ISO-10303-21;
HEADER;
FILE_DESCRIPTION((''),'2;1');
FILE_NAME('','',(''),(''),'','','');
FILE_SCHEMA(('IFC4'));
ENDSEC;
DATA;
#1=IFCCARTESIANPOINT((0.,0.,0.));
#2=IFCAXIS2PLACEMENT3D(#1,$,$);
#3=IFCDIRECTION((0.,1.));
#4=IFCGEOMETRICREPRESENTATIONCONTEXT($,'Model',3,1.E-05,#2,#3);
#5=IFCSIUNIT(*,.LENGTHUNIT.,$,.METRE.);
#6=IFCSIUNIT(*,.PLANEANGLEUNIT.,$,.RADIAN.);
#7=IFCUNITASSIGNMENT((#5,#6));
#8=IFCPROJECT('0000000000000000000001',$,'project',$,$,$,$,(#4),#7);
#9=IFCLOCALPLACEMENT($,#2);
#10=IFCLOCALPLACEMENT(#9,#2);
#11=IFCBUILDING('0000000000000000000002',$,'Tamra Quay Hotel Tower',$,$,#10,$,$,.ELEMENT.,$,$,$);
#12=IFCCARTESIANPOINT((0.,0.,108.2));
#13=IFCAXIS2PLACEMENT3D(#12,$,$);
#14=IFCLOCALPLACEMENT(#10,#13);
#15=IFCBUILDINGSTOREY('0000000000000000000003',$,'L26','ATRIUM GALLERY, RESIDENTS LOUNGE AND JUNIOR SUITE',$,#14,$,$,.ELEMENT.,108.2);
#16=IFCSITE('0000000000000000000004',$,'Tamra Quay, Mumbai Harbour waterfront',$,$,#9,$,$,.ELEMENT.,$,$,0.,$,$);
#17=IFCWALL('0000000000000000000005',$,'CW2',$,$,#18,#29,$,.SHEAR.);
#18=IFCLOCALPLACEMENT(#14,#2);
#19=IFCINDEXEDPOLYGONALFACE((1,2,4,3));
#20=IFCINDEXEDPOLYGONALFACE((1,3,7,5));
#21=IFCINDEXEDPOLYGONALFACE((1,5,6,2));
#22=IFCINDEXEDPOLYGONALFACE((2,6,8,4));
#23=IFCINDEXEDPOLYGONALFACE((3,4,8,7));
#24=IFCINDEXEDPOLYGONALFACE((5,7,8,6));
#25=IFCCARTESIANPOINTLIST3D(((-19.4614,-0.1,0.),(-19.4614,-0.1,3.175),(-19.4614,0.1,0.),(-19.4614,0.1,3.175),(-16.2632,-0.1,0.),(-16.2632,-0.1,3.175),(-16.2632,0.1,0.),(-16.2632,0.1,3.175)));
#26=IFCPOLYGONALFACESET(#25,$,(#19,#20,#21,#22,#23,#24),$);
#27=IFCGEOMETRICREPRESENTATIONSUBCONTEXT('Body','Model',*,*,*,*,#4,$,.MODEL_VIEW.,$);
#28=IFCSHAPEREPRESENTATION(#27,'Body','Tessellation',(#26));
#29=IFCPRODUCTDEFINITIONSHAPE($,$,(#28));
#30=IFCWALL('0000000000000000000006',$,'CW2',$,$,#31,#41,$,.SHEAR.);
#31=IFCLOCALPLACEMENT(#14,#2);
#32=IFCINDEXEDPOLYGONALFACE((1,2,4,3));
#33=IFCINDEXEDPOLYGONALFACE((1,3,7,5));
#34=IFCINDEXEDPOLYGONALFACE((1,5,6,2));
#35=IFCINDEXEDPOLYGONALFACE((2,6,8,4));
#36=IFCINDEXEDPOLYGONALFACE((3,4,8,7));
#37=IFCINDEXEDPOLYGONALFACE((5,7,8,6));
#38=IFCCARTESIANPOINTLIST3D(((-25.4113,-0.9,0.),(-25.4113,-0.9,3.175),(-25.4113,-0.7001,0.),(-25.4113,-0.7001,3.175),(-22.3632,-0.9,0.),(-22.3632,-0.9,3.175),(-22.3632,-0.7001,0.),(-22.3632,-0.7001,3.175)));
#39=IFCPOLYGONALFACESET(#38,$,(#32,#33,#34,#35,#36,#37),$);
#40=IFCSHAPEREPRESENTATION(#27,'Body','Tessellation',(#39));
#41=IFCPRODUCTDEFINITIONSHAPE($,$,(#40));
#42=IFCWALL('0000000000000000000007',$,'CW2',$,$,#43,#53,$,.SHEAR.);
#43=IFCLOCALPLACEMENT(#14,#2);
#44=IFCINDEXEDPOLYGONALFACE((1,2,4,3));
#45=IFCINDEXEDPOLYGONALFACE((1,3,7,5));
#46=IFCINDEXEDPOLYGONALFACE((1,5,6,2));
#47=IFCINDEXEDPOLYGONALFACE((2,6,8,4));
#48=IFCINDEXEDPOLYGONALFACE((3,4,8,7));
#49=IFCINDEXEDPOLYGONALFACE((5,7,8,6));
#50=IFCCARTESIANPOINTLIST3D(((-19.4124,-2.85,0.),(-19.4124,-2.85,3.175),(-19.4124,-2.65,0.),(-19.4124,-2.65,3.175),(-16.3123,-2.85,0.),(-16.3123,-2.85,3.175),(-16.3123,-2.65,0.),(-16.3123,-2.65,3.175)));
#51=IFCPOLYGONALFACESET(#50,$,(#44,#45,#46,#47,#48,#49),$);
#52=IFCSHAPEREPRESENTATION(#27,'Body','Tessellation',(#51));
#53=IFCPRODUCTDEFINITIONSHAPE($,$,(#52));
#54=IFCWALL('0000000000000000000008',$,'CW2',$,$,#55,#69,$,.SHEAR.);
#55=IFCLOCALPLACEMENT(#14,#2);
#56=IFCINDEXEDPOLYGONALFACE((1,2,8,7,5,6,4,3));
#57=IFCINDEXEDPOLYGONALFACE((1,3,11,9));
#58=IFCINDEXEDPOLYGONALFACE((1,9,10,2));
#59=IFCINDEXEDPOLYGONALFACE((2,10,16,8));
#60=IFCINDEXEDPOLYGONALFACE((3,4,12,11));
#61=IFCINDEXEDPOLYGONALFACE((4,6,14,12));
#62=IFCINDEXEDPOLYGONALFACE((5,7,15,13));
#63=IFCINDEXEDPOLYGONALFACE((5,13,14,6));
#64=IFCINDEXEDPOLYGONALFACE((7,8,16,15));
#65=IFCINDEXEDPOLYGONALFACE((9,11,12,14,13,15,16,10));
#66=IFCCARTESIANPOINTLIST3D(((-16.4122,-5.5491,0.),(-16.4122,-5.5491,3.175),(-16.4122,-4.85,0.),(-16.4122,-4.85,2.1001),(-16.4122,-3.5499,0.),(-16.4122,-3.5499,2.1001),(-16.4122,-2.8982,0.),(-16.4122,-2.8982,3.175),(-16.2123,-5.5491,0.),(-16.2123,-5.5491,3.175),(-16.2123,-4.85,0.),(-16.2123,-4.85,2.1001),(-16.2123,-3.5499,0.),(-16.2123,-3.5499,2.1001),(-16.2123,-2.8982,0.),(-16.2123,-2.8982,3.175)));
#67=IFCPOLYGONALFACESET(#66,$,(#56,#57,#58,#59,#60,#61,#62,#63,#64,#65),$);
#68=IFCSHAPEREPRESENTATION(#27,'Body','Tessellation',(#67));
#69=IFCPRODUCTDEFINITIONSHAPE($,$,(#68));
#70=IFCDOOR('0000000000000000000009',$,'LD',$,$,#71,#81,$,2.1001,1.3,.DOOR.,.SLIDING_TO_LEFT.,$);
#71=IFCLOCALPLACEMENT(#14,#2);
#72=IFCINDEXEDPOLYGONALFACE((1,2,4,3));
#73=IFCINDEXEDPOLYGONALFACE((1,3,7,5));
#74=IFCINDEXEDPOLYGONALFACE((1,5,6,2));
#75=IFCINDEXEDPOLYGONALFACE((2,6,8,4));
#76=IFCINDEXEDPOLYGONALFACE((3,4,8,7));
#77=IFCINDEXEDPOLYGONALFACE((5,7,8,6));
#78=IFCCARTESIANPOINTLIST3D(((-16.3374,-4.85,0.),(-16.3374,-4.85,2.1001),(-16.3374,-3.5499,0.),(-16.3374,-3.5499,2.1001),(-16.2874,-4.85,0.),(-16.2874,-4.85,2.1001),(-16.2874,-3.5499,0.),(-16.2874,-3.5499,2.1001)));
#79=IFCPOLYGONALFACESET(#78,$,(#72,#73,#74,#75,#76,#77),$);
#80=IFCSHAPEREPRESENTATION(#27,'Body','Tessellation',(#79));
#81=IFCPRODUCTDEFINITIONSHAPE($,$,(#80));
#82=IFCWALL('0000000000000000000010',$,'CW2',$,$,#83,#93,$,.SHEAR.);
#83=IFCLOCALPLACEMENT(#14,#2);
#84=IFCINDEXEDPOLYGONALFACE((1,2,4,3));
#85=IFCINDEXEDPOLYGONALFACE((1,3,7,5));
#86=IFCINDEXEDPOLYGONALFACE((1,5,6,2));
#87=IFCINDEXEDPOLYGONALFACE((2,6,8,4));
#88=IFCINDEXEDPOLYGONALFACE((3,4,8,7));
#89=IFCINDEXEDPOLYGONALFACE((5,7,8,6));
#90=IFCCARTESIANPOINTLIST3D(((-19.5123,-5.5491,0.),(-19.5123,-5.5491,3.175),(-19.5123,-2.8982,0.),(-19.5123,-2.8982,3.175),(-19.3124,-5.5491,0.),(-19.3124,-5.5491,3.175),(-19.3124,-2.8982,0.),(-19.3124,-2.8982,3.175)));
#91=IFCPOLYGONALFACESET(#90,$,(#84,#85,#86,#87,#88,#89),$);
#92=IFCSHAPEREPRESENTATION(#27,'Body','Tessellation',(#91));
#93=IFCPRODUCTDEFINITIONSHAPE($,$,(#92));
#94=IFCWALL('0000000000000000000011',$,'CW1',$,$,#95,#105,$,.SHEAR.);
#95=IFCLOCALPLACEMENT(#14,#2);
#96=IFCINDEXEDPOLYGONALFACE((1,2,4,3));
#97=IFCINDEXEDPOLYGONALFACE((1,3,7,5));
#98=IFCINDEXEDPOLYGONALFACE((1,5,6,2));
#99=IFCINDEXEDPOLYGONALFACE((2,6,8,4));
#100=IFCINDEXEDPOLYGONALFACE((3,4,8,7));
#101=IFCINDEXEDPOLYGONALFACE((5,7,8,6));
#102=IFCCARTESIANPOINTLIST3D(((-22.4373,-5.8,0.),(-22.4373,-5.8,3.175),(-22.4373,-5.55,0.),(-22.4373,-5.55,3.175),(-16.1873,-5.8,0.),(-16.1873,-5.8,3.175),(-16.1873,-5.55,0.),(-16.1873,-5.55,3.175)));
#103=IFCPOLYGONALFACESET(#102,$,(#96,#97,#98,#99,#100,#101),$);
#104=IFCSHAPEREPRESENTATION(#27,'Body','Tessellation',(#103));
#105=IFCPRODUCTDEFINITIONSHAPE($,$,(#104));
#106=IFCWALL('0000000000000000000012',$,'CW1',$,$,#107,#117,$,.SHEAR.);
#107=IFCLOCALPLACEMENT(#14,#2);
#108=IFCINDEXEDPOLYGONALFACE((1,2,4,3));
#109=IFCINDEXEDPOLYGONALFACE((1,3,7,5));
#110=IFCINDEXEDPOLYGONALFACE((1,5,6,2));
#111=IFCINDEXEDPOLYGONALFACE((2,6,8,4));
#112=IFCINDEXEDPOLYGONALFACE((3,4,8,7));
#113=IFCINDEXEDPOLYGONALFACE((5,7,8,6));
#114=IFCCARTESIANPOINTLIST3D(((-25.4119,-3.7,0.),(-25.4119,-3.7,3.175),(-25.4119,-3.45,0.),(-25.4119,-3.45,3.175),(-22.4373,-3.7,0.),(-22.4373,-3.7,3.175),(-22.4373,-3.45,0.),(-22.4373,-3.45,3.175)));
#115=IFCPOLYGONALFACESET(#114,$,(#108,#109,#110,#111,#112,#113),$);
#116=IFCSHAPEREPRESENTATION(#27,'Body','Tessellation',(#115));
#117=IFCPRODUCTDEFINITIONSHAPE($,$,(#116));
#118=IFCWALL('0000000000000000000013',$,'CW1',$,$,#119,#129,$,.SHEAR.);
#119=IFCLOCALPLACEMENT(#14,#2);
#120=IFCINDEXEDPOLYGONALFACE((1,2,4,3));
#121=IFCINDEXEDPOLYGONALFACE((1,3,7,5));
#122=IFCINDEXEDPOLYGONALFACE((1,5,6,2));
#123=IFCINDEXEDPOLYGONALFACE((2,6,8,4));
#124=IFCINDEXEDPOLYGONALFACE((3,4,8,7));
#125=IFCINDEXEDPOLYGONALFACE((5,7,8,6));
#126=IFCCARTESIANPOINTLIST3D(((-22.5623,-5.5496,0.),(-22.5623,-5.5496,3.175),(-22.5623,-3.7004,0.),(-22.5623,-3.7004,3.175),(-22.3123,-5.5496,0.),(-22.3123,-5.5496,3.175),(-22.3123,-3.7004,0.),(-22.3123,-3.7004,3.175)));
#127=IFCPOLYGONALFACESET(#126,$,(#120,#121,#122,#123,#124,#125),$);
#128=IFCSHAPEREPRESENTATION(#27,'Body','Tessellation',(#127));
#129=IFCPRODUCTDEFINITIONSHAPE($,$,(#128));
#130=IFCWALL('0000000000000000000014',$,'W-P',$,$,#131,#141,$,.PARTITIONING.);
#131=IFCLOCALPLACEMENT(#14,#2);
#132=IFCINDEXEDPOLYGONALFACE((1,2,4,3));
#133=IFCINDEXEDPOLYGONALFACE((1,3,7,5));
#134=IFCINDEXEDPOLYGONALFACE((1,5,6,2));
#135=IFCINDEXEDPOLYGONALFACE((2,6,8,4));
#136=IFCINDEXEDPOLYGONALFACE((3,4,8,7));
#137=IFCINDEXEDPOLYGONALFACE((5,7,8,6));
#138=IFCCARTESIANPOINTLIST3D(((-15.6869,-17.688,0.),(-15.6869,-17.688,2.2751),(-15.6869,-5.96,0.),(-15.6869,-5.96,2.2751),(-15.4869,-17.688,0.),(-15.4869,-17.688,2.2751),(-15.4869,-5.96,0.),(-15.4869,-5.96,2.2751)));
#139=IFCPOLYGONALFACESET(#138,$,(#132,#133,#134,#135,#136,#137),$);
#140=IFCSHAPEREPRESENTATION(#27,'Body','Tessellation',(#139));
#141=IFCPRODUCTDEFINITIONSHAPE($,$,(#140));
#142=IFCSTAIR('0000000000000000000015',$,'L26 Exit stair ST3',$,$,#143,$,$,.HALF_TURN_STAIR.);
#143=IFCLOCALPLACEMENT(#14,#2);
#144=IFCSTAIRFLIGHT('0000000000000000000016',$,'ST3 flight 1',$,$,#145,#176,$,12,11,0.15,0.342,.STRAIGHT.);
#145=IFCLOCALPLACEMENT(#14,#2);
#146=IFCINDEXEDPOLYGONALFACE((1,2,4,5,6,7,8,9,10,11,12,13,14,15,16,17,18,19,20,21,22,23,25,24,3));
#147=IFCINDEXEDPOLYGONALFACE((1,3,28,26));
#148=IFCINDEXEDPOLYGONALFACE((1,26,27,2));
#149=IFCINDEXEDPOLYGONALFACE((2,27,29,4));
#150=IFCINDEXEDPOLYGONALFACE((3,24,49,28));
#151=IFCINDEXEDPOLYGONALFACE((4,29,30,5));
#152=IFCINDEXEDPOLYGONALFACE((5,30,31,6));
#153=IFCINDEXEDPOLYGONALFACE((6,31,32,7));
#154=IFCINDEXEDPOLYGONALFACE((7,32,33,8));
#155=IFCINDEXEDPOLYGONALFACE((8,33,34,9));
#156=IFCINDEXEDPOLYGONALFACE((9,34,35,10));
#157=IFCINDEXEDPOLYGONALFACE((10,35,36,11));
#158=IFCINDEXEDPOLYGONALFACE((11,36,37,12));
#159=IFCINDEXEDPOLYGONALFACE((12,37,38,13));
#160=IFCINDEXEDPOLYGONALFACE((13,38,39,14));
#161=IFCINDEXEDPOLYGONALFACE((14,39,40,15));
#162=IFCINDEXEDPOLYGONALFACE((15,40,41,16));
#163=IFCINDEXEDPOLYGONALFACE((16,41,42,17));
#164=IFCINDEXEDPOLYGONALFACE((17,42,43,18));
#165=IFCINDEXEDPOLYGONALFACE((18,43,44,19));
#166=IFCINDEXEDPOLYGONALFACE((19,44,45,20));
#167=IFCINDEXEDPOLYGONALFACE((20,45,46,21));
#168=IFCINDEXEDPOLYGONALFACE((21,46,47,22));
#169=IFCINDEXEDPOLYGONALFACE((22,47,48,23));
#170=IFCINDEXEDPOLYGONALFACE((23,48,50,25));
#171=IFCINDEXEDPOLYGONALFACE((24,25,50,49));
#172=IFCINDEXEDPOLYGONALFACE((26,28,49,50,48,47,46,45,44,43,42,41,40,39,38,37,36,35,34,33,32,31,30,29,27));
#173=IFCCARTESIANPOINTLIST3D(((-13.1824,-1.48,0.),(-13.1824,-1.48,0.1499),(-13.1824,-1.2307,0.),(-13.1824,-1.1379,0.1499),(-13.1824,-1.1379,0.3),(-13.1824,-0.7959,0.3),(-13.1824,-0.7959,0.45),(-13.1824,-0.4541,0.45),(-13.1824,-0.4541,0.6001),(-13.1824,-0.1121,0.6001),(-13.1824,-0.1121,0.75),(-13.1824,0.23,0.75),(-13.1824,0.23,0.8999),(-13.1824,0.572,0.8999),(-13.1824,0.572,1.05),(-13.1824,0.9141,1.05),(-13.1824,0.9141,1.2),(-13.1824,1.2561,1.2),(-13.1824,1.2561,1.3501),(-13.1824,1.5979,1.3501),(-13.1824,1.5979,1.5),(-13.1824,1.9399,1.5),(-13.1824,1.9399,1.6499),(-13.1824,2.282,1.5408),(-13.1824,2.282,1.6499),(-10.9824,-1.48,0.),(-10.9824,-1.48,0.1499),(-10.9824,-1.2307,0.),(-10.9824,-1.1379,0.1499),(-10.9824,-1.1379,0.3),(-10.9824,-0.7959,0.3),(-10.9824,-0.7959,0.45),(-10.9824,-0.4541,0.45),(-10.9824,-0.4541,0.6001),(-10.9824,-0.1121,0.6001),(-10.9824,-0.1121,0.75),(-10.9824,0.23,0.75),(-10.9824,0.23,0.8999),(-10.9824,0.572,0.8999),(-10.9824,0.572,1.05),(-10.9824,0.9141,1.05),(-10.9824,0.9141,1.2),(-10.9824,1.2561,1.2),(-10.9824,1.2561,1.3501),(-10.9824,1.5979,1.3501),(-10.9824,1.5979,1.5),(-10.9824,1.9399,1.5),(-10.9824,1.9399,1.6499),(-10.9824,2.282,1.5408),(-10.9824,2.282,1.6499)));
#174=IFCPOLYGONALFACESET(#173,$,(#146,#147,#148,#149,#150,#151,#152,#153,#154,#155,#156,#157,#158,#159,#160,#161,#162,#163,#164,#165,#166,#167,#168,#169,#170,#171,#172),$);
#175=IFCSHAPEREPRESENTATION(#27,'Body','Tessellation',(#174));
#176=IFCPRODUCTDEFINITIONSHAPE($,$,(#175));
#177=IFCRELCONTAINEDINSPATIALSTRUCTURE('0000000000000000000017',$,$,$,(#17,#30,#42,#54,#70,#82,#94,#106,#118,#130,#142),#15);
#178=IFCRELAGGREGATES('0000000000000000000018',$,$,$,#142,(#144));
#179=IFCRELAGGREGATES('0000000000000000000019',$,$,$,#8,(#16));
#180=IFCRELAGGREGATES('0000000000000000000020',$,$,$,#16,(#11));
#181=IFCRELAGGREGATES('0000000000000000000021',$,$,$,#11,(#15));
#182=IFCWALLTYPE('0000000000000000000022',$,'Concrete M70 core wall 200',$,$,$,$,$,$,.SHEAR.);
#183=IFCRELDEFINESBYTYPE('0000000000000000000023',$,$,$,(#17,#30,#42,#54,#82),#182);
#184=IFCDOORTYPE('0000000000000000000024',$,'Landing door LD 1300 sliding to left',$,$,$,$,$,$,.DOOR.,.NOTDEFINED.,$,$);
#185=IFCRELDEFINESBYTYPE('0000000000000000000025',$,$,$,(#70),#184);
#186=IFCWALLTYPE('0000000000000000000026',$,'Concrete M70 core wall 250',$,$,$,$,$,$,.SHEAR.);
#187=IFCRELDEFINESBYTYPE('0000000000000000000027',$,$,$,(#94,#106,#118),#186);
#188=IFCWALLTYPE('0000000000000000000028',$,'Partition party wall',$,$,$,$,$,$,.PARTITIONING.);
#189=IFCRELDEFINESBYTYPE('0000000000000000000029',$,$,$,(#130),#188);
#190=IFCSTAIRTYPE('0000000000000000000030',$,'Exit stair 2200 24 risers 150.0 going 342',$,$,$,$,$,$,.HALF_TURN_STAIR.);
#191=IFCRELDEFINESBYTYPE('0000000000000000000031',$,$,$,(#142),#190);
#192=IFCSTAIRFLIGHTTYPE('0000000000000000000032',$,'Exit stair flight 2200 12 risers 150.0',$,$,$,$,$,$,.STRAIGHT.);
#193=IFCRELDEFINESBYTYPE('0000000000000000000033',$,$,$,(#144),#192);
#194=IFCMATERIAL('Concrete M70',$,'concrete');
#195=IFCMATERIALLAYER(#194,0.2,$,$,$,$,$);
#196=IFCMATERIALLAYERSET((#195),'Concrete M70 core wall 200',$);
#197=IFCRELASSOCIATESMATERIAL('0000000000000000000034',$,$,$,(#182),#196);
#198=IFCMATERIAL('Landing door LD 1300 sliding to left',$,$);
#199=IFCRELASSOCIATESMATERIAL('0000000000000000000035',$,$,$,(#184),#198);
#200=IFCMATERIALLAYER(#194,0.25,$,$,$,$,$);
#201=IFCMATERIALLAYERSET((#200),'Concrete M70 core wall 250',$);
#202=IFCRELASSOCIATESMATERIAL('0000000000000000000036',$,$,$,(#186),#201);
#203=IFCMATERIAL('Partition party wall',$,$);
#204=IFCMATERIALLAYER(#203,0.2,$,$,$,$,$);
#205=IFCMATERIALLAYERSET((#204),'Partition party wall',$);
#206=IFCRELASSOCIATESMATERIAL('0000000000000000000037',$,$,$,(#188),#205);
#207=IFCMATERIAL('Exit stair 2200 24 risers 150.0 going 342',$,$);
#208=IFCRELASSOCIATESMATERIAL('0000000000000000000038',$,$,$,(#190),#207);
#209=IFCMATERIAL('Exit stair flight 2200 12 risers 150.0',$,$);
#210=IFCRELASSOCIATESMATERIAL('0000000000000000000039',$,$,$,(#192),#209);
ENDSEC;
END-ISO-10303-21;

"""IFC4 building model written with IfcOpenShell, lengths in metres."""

from ifc_helpers import new_model, si_unit, direction, frame, frame_2d, origin, place, context, subcontext, project, spatial, polyline, rectangle, outline, extrude, material, layer, layer_set, type_object, element, fill, aggregate, save


model = new_model("IFC4")

# Units and contexts
model_context = context("Model", 3, precision=1e-05, world=origin(), true_north=direction((0.0, 1.0)))
body_context = subcontext(model_context, "Body", "Model", "MODEL_VIEW")
ifc_project = project(units=[si_unit("LENGTHUNIT", "METRE"), si_unit("PLANEANGLEUNIT", "RADIAN")], contexts=[model_context])

# Site, building, storey
site_placement = place(None, origin())
site = spatial("IfcSite", under=ifc_project, at=site_placement, Name="Tamra Quay, Mumbai Harbour waterfront", CompositionType="ELEMENT", RefElevation=0.0)
building_placement = place(site_placement, origin())
building = spatial("IfcBuilding", under=site, at=building_placement, Name="Tamra Quay Hotel Tower", CompositionType="ELEMENT")
storey_placement = place(building_placement, frame((0.0, 0.0, 108.2)))
storey = spatial("IfcBuildingStorey", under=building, at=storey_placement, Name="L26", Description="ATRIUM GALLERY, RESIDENTS LOUNGE AND JUNIOR SUITE", CompositionType="ELEMENT", Elevation=108.2)

# Shared definitions
ifc_material_1 = material(Name="Concrete M70", Category="concrete")

# Walls
ifc_layer_1 = layer(ifc_material_1, 0.2)
ifc_layer_set_1 = layer_set([ifc_layer_1], Name="Concrete M70 core wall 200")
wall_type_1 = type_object("IfcWallType", Name="Concrete M70 core wall 200", PredefinedType="SHEAR", material=ifc_layer_set_1)
wall_1_placement = place(storey_placement, frame((-16.2632, 0.0, 0.0), z_axis=(0.0, 0.0, 1.0), x_axis=(-1.0, 0.0, 0.0)))
element("IfcWall", 1, at=wall_1_placement, inside=storey, type_object=wall_type_1, Name="CW2", PredefinedType="SHEAR", context=body_context, shape_type="SweptSolid", body=[
    extrude(rectangle(XDim=3.1982, YDim=0.2, at=frame_2d((1.5991, 0.0))), origin(), (0.0, 0.0, 1.0), 3.175),
])
wall_2_placement = place(storey_placement, frame((-22.3633, -0.8, 0.0), z_axis=(0.0, 0.0, 1.0), x_axis=(-1.0, 0.0, 0.0)))
element("IfcWall", 2, at=wall_2_placement, inside=storey, type_object=wall_type_1, Name="CW2", PredefinedType="SHEAR", context=body_context, shape_type="SweptSolid", body=[
    extrude(rectangle(XDim=3.0481, YDim=0.2, at=frame_2d((1.5239, 0.0))), origin(), (0.0, 0.0, 1.0), 3.175),
])
wall_3_placement = place(storey_placement, frame((-19.4124, -2.75, 0.0), z_axis=(0.0, 0.0, 1.0), x_axis=(1.0, 0.0, 0.0)))
element("IfcWall", 3, at=wall_3_placement, inside=storey, type_object=wall_type_1, Name="CW2", PredefinedType="SHEAR", context=body_context, shape_type="SweptSolid", body=[
    extrude(rectangle(XDim=3.1001, YDim=0.2, at=frame_2d((1.55, 0.0))), origin(), (0.0, 0.0, 1.0), 3.175),
])

# Wall, opening, door
wall_4_placement = place(storey_placement, frame((-16.3123, -2.8982, 0.0), z_axis=(0.0, 0.0, 1.0), x_axis=(0.0, -1.0, 0.0)))
wall_4 = element("IfcWall", 4, at=wall_4_placement, inside=storey, type_object=wall_type_1, Name="CW2", PredefinedType="SHEAR", context=body_context, shape_type="SweptSolid", body=[
    extrude(rectangle(XDim=2.6509, YDim=0.2, at=frame_2d((1.3254, 0.0))), origin(), (0.0, 0.0, 1.0), 3.175),
])
opening_placement = place(wall_4_placement, frame((0.6519, 0.0, 0.0)))
opening = element("IfcOpeningElement", 5, at=opening_placement, cuts=wall_4, PredefinedType="OPENING", context=body_context, shape_type="SweptSolid", body=[
    extrude(rectangle(XDim=1.3, YDim=2.1001, at=frame_2d((0.6499, 1.05))), frame((0.0, 0.1099, 0.0), z_axis=(0.0, -1.0, 0.0), x_axis=(1.0, 0.0, 0.0)), (0.0, 0.0, 1.0), 0.22),
])
ifc_material_2 = material(Name="Landing door LD 1300 sliding to left")
door_type = type_object("IfcDoorType", Name="Landing door LD 1300 sliding to left", OperationType="NOTDEFINED", PredefinedType="DOOR", material=ifc_material_2)
door_placement = place(opening_placement, origin())
door = element("IfcDoor", 6, at=door_placement, inside=storey, type_object=door_type, Name="LD", OperationType="SLIDING_TO_LEFT", OverallHeight=2.1001, OverallWidth=1.3, PredefinedType="DOOR", context=body_context, shape_type="SweptSolid", body=[
    extrude(rectangle(XDim=1.3, YDim=2.1001, at=frame_2d((0.6499, 1.05))), frame((0.0, 0.0249, 0.0), z_axis=(0.0, -1.0, 0.0), x_axis=(1.0, 0.0, 0.0)), (0.0, 0.0, 1.0), 0.05),
])
fill(opening, door)

# Walls
wall_5_placement = place(storey_placement, frame((-19.4124, -5.5491, 0.0), z_axis=(0.0, 0.0, 1.0), x_axis=(0.0, 1.0, 0.0)))
element("IfcWall", 7, at=wall_5_placement, inside=storey, type_object=wall_type_1, Name="CW2", PredefinedType="SHEAR", context=body_context, shape_type="SweptSolid", body=[
    extrude(rectangle(XDim=2.6509, YDim=0.2, at=frame_2d((1.3254, 0.0))), origin(), (0.0, 0.0, 1.0), 3.175),
])
ifc_layer_2 = layer(ifc_material_1, 0.25)
ifc_layer_set_2 = layer_set([ifc_layer_2], Name="Concrete M70 core wall 250")
wall_type_2 = type_object("IfcWallType", Name="Concrete M70 core wall 250", PredefinedType="SHEAR", material=ifc_layer_set_2)
wall_6_placement = place(storey_placement, frame((-16.1873, -5.675, 0.0), z_axis=(0.0, 0.0, 1.0), x_axis=(-1.0, 0.0, 0.0)))
element("IfcWall", 8, at=wall_6_placement, inside=storey, type_object=wall_type_2, Name="CW1", PredefinedType="SHEAR", context=body_context, shape_type="SweptSolid", body=[
    extrude(rectangle(XDim=6.25, YDim=0.25, at=frame_2d((3.125, 0.0))), origin(), (0.0, 0.0, 1.0), 3.175),
])
wall_7_placement = place(storey_placement, frame((-22.4373, -3.575, 0.0), z_axis=(0.0, 0.0, 1.0), x_axis=(-1.0, 0.0, 0.0)))
element("IfcWall", 9, at=wall_7_placement, inside=storey, type_object=wall_type_2, Name="CW1", PredefinedType="SHEAR", context=body_context, shape_type="SweptSolid", body=[
    extrude(rectangle(XDim=2.9746, YDim=0.25, at=frame_2d((1.4873, 0.0))), origin(), (0.0, 0.0, 1.0), 3.175),
])
wall_8_placement = place(storey_placement, frame((-22.4373, -5.5496, 0.0), z_axis=(0.0, 0.0, 1.0), x_axis=(0.0, 1.0, 0.0)))
element("IfcWall", 10, at=wall_8_placement, inside=storey, type_object=wall_type_2, Name="CW1", PredefinedType="SHEAR", context=body_context, shape_type="SweptSolid", body=[
    extrude(rectangle(XDim=1.8491, YDim=0.25, at=frame_2d((0.9246, 0.0))), origin(), (0.0, 0.0, 1.0), 3.175),
])
ifc_material_3 = material(Name="Partition party wall")
ifc_layer_3 = layer(ifc_material_3, 0.2)
ifc_layer_set_3 = layer_set([ifc_layer_3], Name="Partition party wall")
wall_type_3 = type_object("IfcWallType", Name="Partition party wall", PredefinedType="PARTITIONING", material=ifc_layer_set_3)
wall_9_placement = place(storey_placement, frame((-15.5869, -17.688, 0.0), z_axis=(0.0, 0.0, 1.0), x_axis=(0.0, 1.0, 0.0)))
element("IfcWall", 11, at=wall_9_placement, inside=storey, type_object=wall_type_3, Name="W-P", PredefinedType="PARTITIONING", context=body_context, shape_type="SweptSolid", body=[
    extrude(rectangle(XDim=11.728, YDim=0.2, at=frame_2d((5.864, 0.0))), origin(), (0.0, 0.0, 1.0), 2.2751),
])

# Stair, stair flight
ifc_material_4 = material(Name="Exit stair 2200 24 risers 150.0 going 342")
stair_type = type_object("IfcStairType", Name="Exit stair 2200 24 risers 150.0 going 342", PredefinedType="HALF_TURN_STAIR", material=ifc_material_4)
stair_placement = place(storey_placement, origin())
stair = element("IfcStair", 12, at=stair_placement, inside=storey, type_object=stair_type, Name="L26 Exit stair ST3", PredefinedType="HALF_TURN_STAIR")
ifc_material_5 = material(Name="Exit stair flight 2200 12 risers 150.0")
stair_flight_type = type_object("IfcStairFlightType", Name="Exit stair flight 2200 12 risers 150.0", PredefinedType="STRAIGHT", material=ifc_material_5)
stair_flight_placement = place(storey_placement, frame((-12.0823, -1.48, 0.0), z_axis=(0.0, 0.0, 1.0), x_axis=(0.0, 1.0, 0.0)))
stair_flight = element("IfcStairFlight", 13, at=stair_flight_placement, type_object=stair_flight_type, Name="ST3 flight 1", NumberOfRisers=12, NumberOfTreads=11, PredefinedType="STRAIGHT", RiserHeight=0.15, TreadLength=0.342, context=body_context, shape_type="SweptSolid", body=[
    extrude(outline(polyline([(0.0, 0.0), (0.0, 0.1499), (0.342, 0.1499), (0.342, 0.3), (0.6841, 0.3), (0.6841, 0.45), (1.0259, 0.45), (1.0259, 0.6001), (1.3679, 0.6001), (1.3679, 0.75), (1.71, 0.75), (1.71, 0.8999), (2.052, 0.8999), (2.052, 1.05), (2.394, 1.05), (2.394, 1.2), (2.7361, 1.2), (2.7361, 1.3501), (3.0779, 1.3501), (3.0779, 1.5), (3.4199, 1.5), (3.4199, 1.6499), (3.762, 1.6499), (3.762, 1.8), (3.762, 1.5408), (0.2493, 0.0), (0.0, 0.0)])), frame((0.0, 1.1001, 0.0), z_axis=(0.0, -1.0, 0.0), x_axis=(1.0, 0.0, 0.0)), (0.0, 0.0, 1.0), 2.2),
])
aggregate(stair, [stair_flight])

save(model, "model.ifc")
